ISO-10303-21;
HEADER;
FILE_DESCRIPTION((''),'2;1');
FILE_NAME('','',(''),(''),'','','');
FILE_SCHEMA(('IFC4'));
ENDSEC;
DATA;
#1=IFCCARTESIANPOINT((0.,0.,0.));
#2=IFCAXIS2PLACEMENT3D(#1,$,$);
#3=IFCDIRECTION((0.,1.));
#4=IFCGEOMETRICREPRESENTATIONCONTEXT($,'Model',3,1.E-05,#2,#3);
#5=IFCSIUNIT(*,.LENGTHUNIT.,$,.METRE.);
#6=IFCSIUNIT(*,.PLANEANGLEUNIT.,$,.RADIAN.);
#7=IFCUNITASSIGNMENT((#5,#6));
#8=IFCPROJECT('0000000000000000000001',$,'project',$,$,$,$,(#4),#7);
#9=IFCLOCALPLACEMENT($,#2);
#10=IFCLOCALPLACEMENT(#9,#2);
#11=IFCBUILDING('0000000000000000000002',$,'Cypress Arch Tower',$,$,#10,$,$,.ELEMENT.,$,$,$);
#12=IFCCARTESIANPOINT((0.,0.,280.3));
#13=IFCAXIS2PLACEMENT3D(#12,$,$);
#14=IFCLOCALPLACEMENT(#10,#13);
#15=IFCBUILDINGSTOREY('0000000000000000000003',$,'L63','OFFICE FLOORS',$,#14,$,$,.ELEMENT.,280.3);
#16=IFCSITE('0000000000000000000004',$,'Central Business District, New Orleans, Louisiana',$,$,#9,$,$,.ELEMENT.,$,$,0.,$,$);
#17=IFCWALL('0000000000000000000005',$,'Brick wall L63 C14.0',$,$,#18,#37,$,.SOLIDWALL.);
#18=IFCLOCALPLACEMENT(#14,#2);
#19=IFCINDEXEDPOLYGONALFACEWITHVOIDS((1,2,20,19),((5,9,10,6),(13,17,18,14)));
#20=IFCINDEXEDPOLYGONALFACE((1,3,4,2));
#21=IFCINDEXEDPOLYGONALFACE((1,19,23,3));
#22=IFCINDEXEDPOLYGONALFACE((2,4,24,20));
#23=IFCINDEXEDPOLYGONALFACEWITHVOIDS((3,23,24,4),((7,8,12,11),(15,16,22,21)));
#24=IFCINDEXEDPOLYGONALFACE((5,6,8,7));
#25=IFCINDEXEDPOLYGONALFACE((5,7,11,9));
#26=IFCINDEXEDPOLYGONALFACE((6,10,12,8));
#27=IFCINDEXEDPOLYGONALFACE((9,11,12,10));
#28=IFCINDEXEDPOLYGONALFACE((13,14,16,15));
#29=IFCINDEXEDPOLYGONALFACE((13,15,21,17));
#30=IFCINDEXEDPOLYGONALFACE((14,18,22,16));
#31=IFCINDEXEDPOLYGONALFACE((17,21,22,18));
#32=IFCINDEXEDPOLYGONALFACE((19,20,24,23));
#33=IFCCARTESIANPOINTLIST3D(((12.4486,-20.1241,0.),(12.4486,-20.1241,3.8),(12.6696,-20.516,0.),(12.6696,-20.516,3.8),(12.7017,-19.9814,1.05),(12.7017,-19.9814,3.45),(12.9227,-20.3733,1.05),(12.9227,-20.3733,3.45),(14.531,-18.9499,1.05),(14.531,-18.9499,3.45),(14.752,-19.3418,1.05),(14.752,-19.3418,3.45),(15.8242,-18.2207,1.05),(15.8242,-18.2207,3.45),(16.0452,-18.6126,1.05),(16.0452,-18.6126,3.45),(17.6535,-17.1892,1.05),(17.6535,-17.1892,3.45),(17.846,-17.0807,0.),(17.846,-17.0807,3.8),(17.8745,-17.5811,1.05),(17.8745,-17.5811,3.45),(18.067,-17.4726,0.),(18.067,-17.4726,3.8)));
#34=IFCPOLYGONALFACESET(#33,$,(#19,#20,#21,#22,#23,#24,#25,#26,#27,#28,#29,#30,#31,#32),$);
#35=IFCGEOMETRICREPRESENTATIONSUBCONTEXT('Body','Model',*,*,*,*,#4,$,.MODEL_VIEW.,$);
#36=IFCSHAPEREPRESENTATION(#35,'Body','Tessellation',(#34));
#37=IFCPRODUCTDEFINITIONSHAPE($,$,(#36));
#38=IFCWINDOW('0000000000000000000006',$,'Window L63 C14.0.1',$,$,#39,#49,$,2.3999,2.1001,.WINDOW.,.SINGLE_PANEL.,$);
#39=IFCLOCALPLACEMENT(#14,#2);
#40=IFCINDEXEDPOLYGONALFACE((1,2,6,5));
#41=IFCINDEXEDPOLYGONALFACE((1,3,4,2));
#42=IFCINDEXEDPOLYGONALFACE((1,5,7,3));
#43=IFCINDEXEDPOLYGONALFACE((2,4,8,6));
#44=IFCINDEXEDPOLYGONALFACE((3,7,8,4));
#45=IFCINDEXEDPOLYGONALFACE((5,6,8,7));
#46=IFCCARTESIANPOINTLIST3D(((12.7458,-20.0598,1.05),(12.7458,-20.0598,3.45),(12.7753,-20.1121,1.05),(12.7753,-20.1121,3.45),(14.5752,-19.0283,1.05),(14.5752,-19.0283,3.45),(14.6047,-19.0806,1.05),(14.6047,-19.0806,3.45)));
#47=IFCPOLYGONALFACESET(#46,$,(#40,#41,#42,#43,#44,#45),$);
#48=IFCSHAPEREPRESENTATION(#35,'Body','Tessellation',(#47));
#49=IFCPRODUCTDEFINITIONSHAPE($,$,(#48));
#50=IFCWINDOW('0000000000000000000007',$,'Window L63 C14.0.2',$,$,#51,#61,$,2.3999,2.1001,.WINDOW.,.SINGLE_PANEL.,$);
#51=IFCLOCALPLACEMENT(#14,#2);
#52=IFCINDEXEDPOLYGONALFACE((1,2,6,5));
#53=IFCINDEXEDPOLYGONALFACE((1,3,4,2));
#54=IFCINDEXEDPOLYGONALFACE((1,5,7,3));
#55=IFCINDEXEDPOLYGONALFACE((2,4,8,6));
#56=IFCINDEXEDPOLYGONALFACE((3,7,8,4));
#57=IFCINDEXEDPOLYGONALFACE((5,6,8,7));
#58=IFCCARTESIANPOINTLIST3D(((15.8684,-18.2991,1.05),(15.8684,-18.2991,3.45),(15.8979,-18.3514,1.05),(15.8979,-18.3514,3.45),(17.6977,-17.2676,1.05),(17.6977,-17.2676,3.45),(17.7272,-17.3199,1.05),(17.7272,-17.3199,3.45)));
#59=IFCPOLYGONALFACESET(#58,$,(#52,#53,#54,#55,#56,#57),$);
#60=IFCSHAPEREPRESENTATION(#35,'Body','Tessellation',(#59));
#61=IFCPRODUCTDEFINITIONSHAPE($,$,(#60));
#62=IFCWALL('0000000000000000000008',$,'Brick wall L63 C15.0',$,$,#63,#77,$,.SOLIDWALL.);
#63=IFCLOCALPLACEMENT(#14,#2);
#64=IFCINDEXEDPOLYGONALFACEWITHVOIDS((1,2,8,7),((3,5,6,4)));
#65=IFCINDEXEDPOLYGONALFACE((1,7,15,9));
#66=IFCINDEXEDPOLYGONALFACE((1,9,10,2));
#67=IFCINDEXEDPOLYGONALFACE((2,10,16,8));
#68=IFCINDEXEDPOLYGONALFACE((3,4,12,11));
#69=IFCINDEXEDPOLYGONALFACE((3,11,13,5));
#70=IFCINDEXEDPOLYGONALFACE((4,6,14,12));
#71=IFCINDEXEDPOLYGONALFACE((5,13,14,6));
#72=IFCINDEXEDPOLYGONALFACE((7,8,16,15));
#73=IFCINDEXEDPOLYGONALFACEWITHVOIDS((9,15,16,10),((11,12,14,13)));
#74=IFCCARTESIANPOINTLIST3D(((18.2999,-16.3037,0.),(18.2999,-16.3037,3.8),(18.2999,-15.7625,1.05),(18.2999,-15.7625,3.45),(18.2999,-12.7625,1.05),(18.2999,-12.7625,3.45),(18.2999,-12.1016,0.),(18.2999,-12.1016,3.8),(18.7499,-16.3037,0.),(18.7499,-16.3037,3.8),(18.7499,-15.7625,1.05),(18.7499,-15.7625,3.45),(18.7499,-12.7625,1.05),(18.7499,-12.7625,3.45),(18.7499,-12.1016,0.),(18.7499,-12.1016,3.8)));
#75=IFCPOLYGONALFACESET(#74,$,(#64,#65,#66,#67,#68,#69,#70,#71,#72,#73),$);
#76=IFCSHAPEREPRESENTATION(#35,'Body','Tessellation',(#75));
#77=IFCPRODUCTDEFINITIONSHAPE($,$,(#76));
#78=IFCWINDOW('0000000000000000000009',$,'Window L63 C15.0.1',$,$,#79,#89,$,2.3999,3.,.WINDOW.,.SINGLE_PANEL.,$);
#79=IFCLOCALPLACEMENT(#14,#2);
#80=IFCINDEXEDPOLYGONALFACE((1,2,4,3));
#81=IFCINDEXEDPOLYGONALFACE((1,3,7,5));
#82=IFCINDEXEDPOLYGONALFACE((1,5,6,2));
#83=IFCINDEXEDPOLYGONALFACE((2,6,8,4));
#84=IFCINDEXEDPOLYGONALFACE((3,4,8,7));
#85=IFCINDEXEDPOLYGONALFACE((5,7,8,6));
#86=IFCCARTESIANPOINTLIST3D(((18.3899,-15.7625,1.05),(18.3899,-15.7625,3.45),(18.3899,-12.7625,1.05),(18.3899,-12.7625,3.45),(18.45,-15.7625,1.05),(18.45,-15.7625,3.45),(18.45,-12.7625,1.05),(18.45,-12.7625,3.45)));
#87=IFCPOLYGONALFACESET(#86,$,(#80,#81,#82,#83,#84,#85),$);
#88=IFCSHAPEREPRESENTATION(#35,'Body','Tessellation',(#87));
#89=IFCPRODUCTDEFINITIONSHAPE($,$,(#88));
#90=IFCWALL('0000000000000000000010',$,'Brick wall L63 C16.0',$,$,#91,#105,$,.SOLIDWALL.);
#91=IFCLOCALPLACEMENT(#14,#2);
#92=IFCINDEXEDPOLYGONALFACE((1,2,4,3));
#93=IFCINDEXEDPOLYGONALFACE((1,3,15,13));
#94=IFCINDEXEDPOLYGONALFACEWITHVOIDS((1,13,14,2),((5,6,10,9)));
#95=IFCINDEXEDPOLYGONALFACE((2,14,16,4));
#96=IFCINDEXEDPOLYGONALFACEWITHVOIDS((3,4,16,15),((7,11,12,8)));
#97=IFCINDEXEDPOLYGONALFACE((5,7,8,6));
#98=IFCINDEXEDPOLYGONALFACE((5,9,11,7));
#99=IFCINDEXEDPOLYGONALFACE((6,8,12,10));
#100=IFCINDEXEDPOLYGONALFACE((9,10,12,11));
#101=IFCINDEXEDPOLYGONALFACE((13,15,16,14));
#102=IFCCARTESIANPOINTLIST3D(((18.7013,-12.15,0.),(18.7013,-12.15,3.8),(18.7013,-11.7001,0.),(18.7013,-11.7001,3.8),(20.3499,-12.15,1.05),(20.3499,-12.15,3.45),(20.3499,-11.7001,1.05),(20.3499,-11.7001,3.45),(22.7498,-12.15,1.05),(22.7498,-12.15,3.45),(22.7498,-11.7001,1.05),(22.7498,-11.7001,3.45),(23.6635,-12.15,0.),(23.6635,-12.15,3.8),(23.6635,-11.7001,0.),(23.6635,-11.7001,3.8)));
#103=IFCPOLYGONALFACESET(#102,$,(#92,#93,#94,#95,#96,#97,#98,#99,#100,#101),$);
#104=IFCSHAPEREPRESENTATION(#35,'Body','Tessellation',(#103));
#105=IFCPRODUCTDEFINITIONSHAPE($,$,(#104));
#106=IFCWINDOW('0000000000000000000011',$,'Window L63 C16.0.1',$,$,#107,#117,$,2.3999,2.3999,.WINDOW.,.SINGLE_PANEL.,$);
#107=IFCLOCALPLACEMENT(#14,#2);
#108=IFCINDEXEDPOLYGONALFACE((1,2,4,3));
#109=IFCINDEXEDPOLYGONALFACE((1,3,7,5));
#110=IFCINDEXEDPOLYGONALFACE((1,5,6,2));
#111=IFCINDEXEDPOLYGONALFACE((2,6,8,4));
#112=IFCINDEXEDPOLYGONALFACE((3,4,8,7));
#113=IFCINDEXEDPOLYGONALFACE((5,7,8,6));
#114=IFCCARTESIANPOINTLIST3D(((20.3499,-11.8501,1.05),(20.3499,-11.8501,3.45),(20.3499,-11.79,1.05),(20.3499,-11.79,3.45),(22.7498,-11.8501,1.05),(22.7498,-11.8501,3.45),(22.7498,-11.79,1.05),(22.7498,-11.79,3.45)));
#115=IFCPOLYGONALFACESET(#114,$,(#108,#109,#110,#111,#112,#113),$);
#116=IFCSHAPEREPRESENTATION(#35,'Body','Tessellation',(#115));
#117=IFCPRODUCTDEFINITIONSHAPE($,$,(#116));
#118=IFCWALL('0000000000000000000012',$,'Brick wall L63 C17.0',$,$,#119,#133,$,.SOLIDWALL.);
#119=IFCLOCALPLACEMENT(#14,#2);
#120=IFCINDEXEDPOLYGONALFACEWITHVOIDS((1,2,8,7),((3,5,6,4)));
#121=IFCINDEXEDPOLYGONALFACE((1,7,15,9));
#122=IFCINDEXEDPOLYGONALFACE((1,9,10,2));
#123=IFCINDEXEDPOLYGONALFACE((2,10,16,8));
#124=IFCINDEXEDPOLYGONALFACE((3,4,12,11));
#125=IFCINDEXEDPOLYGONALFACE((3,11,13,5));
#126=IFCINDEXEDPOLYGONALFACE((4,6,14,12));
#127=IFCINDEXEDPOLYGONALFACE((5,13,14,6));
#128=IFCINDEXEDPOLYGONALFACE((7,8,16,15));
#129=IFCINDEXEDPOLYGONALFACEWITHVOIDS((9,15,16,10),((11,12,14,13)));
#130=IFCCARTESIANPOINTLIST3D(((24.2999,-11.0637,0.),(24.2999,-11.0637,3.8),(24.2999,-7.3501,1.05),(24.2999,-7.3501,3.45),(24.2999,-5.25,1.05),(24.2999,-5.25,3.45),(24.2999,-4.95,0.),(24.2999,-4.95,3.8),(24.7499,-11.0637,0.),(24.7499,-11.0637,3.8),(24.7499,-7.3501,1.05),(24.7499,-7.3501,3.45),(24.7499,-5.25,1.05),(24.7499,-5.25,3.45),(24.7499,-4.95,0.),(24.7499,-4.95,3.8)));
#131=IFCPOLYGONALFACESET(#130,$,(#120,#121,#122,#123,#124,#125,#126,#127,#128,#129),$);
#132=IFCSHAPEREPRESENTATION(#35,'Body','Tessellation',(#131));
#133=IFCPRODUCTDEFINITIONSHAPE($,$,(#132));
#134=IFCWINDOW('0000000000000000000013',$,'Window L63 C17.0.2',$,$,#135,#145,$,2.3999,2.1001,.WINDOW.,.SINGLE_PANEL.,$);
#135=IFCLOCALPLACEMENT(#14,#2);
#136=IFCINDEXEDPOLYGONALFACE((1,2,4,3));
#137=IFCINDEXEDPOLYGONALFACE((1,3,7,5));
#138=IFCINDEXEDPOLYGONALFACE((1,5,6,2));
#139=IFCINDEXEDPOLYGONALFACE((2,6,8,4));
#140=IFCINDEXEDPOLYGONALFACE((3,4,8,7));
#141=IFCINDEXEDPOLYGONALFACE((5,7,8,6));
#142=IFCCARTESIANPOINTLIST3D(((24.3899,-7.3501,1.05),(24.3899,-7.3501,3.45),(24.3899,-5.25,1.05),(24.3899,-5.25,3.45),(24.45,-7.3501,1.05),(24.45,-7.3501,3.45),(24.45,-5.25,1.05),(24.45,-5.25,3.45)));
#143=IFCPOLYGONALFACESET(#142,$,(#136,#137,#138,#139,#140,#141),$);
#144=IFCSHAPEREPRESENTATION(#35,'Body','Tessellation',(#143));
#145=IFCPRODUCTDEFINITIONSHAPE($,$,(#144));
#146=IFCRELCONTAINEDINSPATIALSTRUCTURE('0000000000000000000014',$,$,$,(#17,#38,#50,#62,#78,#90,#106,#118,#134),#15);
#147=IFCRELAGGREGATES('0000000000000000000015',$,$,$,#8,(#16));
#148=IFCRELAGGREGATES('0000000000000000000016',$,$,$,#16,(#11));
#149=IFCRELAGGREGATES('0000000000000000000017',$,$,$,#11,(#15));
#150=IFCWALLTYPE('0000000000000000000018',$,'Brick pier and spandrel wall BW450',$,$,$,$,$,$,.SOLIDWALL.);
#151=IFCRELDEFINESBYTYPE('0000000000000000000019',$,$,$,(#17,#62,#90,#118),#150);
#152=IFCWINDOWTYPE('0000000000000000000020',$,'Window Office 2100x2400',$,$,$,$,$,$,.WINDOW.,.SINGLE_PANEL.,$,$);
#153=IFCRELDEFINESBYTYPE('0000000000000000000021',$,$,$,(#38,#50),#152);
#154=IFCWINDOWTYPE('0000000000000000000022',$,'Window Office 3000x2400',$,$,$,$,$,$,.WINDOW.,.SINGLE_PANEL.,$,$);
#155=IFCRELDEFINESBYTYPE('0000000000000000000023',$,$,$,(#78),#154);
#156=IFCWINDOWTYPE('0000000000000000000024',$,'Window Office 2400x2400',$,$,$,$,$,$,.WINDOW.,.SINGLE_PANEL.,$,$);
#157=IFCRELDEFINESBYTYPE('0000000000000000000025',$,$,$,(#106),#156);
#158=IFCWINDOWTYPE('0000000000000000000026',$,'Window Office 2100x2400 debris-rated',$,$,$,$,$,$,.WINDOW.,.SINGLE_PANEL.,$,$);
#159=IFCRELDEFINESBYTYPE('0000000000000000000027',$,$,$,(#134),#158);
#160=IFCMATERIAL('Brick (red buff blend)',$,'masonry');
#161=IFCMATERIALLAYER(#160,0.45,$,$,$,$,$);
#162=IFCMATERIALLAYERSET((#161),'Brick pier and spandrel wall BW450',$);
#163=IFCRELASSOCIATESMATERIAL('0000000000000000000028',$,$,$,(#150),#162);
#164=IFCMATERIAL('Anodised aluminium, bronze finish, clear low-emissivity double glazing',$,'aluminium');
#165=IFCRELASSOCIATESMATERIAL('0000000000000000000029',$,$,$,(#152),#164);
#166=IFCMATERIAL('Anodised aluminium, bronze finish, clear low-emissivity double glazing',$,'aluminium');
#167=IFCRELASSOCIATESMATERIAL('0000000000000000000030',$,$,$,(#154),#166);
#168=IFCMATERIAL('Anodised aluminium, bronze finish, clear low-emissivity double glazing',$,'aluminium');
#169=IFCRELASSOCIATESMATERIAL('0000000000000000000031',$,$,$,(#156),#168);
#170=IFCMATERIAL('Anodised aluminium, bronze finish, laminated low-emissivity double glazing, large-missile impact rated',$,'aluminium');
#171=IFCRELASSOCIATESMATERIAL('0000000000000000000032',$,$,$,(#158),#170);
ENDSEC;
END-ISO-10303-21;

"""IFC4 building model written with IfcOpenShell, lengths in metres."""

from ifc_helpers import new_model, si_unit, direction, frame, frame_2d, origin, place, context, subcontext, project, spatial, rectangle, extrude, material, layer, layer_set, type_object, element, fill, save


model = new_model("IFC4")

# Units and contexts
model_context = context("Model", 3, precision=1e-05, world=origin(), true_north=direction((0.0, 1.0)))
body_context = subcontext(model_context, "Body", "Model", "MODEL_VIEW")
ifc_project = project(units=[si_unit("LENGTHUNIT", "METRE"), si_unit("PLANEANGLEUNIT", "RADIAN")], contexts=[model_context])

# Site, building, storey
site_placement = place(None, origin())
site = spatial("IfcSite", under=ifc_project, at=site_placement, Name="Central Business District, New Orleans, Louisiana", CompositionType="ELEMENT", RefElevation=0.0)
building_placement = place(site_placement, origin())
building = spatial("IfcBuilding", under=site, at=building_placement, Name="Cypress Arch Tower", CompositionType="ELEMENT")
storey_placement = place(building_placement, frame((0.0, 0.0, 280.3)))
storey = spatial("IfcBuildingStorey", under=building, at=storey_placement, Name="L63", Description="OFFICE FLOORS", CompositionType="ELEMENT", Elevation=280.3)

# Wall, openings, windows
ifc_material_1 = material(Name="Brick (red buff blend)", Category="masonry")
ifc_layer_1 = layer(ifc_material_1, 0.45)
ifc_layer_set_1 = layer_set([ifc_layer_1], Name="Brick pier and spandrel wall BW450")
wall_type_1 = type_object("IfcWallType", Name="Brick pier and spandrel wall BW450", PredefinedType="SOLIDWALL", material=ifc_layer_set_1)
wall_1_placement = place(storey_placement, frame((12.5591, -20.3201, 0.0), z_axis=(0.0, 0.0, 1.0), x_axis=(0.871066, 0.491166, 0.0)))
wall_1 = element("IfcWall", 1, at=wall_1_placement, inside=storey, type_object=wall_type_1, Name="Brick wall L63 C14.0", PredefinedType="SOLIDWALL", context=body_context, shape_type="SweptSolid", body=[
    extrude(rectangle(XDim=6.1963, YDim=0.45, at=frame_2d((3.0981, 0.0))), origin(), (0.0, 0.0, 1.0), 3.8),
])
opening_1_placement = place(wall_1_placement, frame((0.2905, 0.0, 1.05)))
opening_1 = element("IfcOpeningElement", 2, at=opening_1_placement, cuts=wall_1, PredefinedType="OPENING", context=body_context, shape_type="SweptSolid", body=[
    extrude(rectangle(XDim=2.1001, YDim=2.3999, at=frame_2d((1.05, 1.2))), frame((0.0, 0.2349, 0.0), z_axis=(0.0, -1.0, 0.0), x_axis=(1.0, 0.0, 0.0)), (0.0, 0.0, 1.0), 0.47),
])
opening_2_placement = place(wall_1_placement, frame((3.8752, 0.0, 1.05)))
opening_2 = element("IfcOpeningElement", 3, at=opening_2_placement, cuts=wall_1, PredefinedType="OPENING", context=body_context, shape_type="SweptSolid", body=[
    extrude(rectangle(XDim=2.1001, YDim=2.3999, at=frame_2d((1.05, 1.2))), frame((0.0, 0.2349, 0.0), z_axis=(0.0, -1.0, 0.0), x_axis=(1.0, 0.0, 0.0)), (0.0, 0.0, 1.0), 0.47),
])
ifc_material_2 = material(Name="Anodised aluminium, bronze finish, clear low-emissivity double glazing", Category="aluminium")
window_type_1 = type_object("IfcWindowType", Name="Window Office 2100x2400", PartitioningType="SINGLE_PANEL", PredefinedType="WINDOW", material=ifc_material_2)
window_1_placement = place(opening_1_placement, origin())
window_1 = element("IfcWindow", 4, at=window_1_placement, inside=storey, type_object=window_type_1, Name="Window L63 C14.0.1", OverallHeight=2.3999, OverallWidth=2.1001, PartitioningType="SINGLE_PANEL", PredefinedType="WINDOW", context=body_context, shape_type="SweptSolid", body=[
    extrude(rectangle(XDim=2.1001, YDim=2.3999, at=frame_2d((1.05, 1.2))), frame((0.0, 0.135, 0.0), z_axis=(0.0, -1.0, 0.0), x_axis=(1.0, 0.0, 0.0)), (0.0, 0.0, 1.0), 0.0601),
])
fill(opening_1, window_1)
window_2_placement = place(opening_2_placement, origin())
window_2 = element("IfcWindow", 5, at=window_2_placement, inside=storey, type_object=window_type_1, Name="Window L63 C14.0.2", OverallHeight=2.3999, OverallWidth=2.1001, PartitioningType="SINGLE_PANEL", PredefinedType="WINDOW", context=body_context, shape_type="SweptSolid", body=[
    extrude(rectangle(XDim=2.1001, YDim=2.3999, at=frame_2d((1.05, 1.2))), frame((0.0, 0.135, 0.0), z_axis=(0.0, -1.0, 0.0), x_axis=(1.0, 0.0, 0.0)), (0.0, 0.0, 1.0), 0.0601),
])
fill(opening_2, window_2)

# Walls, openings, windows
wall_2_placement = place(storey_placement, frame((18.5249, -16.3037, 0.0), z_axis=(0.0, 0.0, 1.0), x_axis=(0.0, 1.0, 0.0)))
wall_2 = element("IfcWall", 6, at=wall_2_placement, inside=storey, type_object=wall_type_1, Name="Brick wall L63 C15.0", PredefinedType="SOLIDWALL", context=body_context, shape_type="SweptSolid", body=[
    extrude(rectangle(XDim=4.2021, YDim=0.45, at=frame_2d((2.1011, 0.0))), origin(), (0.0, 0.0, 1.0), 3.8),
])
opening_3_placement = place(wall_2_placement, frame((0.5413, 0.0, 1.05)))
opening_3 = element("IfcOpeningElement", 7, at=opening_3_placement, cuts=wall_2, PredefinedType="OPENING", context=body_context, shape_type="SweptSolid", body=[
    extrude(rectangle(XDim=3.0, YDim=2.3999, at=frame_2d((1.5, 1.2))), frame((0.0, 0.2349, 0.0), z_axis=(0.0, -1.0, 0.0), x_axis=(1.0, 0.0, 0.0)), (0.0, 0.0, 1.0), 0.47),
])
ifc_material_3 = material(Name="Anodised aluminium, bronze finish, clear low-emissivity double glazing", Category="aluminium")
window_type_2 = type_object("IfcWindowType", Name="Window Office 3000x2400", PartitioningType="SINGLE_PANEL", PredefinedType="WINDOW", material=ifc_material_3)
window_3_placement = place(opening_3_placement, origin())
window_3 = element("IfcWindow", 8, at=window_3_placement, inside=storey, type_object=window_type_2, Name="Window L63 C15.0.1", OverallHeight=2.3999, OverallWidth=3.0, PartitioningType="SINGLE_PANEL", PredefinedType="WINDOW", context=body_context, shape_type="SweptSolid", body=[
    extrude(rectangle(XDim=3.0, YDim=2.3999, at=frame_2d((1.5, 1.2))), frame((0.0, 0.135, 0.0), z_axis=(0.0, -1.0, 0.0), x_axis=(1.0, 0.0, 0.0)), (0.0, 0.0, 1.0), 0.0601),
])
fill(opening_3, window_3)
wall_3_placement = place(storey_placement, frame((18.7014, -11.925, 0.0), z_axis=(0.0, 0.0, 1.0), x_axis=(1.0, 0.0, 0.0)))
wall_3 = element("IfcWall", 9, at=wall_3_placement, inside=storey, type_object=wall_type_1, Name="Brick wall L63 C16.0", PredefinedType="SOLIDWALL", context=body_context, shape_type="SweptSolid", body=[
    extrude(rectangle(XDim=4.9622, YDim=0.45, at=frame_2d((2.481, 0.0))), origin(), (0.0, 0.0, 1.0), 3.8),
])
opening_4_placement = place(wall_3_placement, frame((1.6484, 0.0, 1.05)))
opening_4 = element("IfcOpeningElement", 10, at=opening_4_placement, cuts=wall_3, PredefinedType="OPENING", context=body_context, shape_type="SweptSolid", body=[
    extrude(rectangle(XDim=2.3999, YDim=2.3999, at=frame_2d((1.2, 1.2))), frame((0.0, 0.2349, 0.0), z_axis=(0.0, -1.0, 0.0), x_axis=(1.0, 0.0, 0.0)), (0.0, 0.0, 1.0), 0.47),
])
ifc_material_4 = material(Name="Anodised aluminium, bronze finish, clear low-emissivity double glazing", Category="aluminium")
window_type_3 = type_object("IfcWindowType", Name="Window Office 2400x2400", PartitioningType="SINGLE_PANEL", PredefinedType="WINDOW", material=ifc_material_4)
window_4_placement = place(opening_4_placement, origin())
window_4 = element("IfcWindow", 11, at=window_4_placement, inside=storey, type_object=window_type_3, Name="Window L63 C16.0.1", OverallHeight=2.3999, OverallWidth=2.3999, PartitioningType="SINGLE_PANEL", PredefinedType="WINDOW", context=body_context, shape_type="SweptSolid", body=[
    extrude(rectangle(XDim=2.3999, YDim=2.3999, at=frame_2d((1.2, 1.2))), frame((0.0, 0.135, 0.0), z_axis=(0.0, -1.0, 0.0), x_axis=(1.0, 0.0, 0.0)), (0.0, 0.0, 1.0), 0.0601),
])
fill(opening_4, window_4)
wall_4_placement = place(storey_placement, frame((24.5249, -11.0637, 0.0), z_axis=(0.0, 0.0, 1.0), x_axis=(0.0, 1.0, 0.0)))
wall_4 = element("IfcWall", 12, at=wall_4_placement, inside=storey, type_object=wall_type_1, Name="Brick wall L63 C17.0", PredefinedType="SOLIDWALL", context=body_context, shape_type="SweptSolid", body=[
    extrude(rectangle(XDim=6.1138, YDim=0.45, at=frame_2d((3.0569, 0.0))), origin(), (0.0, 0.0, 1.0), 3.8),
])
opening_5_placement = place(wall_4_placement, frame((3.7136, 0.0, 1.05)))
opening_5 = element("IfcOpeningElement", 13, at=opening_5_placement, cuts=wall_4, PredefinedType="OPENING", context=body_context, shape_type="SweptSolid", body=[
    extrude(rectangle(XDim=2.1001, YDim=2.3999, at=frame_2d((1.05, 1.2))), frame((0.0, 0.2349, 0.0), z_axis=(0.0, -1.0, 0.0), x_axis=(1.0, 0.0, 0.0)), (0.0, 0.0, 1.0), 0.47),
])
ifc_material_5 = material(Name="Anodised aluminium, bronze finish, laminated low-emissivity double glazing, large-missile impact rated", Category="aluminium")
window_type_4 = type_object("IfcWindowType", Name="Window Office 2100x2400 debris-rated", PartitioningType="SINGLE_PANEL", PredefinedType="WINDOW", material=ifc_material_5)
window_5_placement = place(opening_5_placement, origin())
window_5 = element("IfcWindow", 14, at=window_5_placement, inside=storey, type_object=window_type_4, Name="Window L63 C17.0.2", OverallHeight=2.3999, OverallWidth=2.1001, PartitioningType="SINGLE_PANEL", PredefinedType="WINDOW", context=body_context, shape_type="SweptSolid", body=[
    extrude(rectangle(XDim=2.1001, YDim=2.3999, at=frame_2d((1.05, 1.2))), frame((0.0, 0.135, 0.0), z_axis=(0.0, -1.0, 0.0), x_axis=(1.0, 0.0, 0.0)), (0.0, 0.0, 1.0), 0.0601),
])
fill(opening_5, window_5)

save(model, "model.ifc")
